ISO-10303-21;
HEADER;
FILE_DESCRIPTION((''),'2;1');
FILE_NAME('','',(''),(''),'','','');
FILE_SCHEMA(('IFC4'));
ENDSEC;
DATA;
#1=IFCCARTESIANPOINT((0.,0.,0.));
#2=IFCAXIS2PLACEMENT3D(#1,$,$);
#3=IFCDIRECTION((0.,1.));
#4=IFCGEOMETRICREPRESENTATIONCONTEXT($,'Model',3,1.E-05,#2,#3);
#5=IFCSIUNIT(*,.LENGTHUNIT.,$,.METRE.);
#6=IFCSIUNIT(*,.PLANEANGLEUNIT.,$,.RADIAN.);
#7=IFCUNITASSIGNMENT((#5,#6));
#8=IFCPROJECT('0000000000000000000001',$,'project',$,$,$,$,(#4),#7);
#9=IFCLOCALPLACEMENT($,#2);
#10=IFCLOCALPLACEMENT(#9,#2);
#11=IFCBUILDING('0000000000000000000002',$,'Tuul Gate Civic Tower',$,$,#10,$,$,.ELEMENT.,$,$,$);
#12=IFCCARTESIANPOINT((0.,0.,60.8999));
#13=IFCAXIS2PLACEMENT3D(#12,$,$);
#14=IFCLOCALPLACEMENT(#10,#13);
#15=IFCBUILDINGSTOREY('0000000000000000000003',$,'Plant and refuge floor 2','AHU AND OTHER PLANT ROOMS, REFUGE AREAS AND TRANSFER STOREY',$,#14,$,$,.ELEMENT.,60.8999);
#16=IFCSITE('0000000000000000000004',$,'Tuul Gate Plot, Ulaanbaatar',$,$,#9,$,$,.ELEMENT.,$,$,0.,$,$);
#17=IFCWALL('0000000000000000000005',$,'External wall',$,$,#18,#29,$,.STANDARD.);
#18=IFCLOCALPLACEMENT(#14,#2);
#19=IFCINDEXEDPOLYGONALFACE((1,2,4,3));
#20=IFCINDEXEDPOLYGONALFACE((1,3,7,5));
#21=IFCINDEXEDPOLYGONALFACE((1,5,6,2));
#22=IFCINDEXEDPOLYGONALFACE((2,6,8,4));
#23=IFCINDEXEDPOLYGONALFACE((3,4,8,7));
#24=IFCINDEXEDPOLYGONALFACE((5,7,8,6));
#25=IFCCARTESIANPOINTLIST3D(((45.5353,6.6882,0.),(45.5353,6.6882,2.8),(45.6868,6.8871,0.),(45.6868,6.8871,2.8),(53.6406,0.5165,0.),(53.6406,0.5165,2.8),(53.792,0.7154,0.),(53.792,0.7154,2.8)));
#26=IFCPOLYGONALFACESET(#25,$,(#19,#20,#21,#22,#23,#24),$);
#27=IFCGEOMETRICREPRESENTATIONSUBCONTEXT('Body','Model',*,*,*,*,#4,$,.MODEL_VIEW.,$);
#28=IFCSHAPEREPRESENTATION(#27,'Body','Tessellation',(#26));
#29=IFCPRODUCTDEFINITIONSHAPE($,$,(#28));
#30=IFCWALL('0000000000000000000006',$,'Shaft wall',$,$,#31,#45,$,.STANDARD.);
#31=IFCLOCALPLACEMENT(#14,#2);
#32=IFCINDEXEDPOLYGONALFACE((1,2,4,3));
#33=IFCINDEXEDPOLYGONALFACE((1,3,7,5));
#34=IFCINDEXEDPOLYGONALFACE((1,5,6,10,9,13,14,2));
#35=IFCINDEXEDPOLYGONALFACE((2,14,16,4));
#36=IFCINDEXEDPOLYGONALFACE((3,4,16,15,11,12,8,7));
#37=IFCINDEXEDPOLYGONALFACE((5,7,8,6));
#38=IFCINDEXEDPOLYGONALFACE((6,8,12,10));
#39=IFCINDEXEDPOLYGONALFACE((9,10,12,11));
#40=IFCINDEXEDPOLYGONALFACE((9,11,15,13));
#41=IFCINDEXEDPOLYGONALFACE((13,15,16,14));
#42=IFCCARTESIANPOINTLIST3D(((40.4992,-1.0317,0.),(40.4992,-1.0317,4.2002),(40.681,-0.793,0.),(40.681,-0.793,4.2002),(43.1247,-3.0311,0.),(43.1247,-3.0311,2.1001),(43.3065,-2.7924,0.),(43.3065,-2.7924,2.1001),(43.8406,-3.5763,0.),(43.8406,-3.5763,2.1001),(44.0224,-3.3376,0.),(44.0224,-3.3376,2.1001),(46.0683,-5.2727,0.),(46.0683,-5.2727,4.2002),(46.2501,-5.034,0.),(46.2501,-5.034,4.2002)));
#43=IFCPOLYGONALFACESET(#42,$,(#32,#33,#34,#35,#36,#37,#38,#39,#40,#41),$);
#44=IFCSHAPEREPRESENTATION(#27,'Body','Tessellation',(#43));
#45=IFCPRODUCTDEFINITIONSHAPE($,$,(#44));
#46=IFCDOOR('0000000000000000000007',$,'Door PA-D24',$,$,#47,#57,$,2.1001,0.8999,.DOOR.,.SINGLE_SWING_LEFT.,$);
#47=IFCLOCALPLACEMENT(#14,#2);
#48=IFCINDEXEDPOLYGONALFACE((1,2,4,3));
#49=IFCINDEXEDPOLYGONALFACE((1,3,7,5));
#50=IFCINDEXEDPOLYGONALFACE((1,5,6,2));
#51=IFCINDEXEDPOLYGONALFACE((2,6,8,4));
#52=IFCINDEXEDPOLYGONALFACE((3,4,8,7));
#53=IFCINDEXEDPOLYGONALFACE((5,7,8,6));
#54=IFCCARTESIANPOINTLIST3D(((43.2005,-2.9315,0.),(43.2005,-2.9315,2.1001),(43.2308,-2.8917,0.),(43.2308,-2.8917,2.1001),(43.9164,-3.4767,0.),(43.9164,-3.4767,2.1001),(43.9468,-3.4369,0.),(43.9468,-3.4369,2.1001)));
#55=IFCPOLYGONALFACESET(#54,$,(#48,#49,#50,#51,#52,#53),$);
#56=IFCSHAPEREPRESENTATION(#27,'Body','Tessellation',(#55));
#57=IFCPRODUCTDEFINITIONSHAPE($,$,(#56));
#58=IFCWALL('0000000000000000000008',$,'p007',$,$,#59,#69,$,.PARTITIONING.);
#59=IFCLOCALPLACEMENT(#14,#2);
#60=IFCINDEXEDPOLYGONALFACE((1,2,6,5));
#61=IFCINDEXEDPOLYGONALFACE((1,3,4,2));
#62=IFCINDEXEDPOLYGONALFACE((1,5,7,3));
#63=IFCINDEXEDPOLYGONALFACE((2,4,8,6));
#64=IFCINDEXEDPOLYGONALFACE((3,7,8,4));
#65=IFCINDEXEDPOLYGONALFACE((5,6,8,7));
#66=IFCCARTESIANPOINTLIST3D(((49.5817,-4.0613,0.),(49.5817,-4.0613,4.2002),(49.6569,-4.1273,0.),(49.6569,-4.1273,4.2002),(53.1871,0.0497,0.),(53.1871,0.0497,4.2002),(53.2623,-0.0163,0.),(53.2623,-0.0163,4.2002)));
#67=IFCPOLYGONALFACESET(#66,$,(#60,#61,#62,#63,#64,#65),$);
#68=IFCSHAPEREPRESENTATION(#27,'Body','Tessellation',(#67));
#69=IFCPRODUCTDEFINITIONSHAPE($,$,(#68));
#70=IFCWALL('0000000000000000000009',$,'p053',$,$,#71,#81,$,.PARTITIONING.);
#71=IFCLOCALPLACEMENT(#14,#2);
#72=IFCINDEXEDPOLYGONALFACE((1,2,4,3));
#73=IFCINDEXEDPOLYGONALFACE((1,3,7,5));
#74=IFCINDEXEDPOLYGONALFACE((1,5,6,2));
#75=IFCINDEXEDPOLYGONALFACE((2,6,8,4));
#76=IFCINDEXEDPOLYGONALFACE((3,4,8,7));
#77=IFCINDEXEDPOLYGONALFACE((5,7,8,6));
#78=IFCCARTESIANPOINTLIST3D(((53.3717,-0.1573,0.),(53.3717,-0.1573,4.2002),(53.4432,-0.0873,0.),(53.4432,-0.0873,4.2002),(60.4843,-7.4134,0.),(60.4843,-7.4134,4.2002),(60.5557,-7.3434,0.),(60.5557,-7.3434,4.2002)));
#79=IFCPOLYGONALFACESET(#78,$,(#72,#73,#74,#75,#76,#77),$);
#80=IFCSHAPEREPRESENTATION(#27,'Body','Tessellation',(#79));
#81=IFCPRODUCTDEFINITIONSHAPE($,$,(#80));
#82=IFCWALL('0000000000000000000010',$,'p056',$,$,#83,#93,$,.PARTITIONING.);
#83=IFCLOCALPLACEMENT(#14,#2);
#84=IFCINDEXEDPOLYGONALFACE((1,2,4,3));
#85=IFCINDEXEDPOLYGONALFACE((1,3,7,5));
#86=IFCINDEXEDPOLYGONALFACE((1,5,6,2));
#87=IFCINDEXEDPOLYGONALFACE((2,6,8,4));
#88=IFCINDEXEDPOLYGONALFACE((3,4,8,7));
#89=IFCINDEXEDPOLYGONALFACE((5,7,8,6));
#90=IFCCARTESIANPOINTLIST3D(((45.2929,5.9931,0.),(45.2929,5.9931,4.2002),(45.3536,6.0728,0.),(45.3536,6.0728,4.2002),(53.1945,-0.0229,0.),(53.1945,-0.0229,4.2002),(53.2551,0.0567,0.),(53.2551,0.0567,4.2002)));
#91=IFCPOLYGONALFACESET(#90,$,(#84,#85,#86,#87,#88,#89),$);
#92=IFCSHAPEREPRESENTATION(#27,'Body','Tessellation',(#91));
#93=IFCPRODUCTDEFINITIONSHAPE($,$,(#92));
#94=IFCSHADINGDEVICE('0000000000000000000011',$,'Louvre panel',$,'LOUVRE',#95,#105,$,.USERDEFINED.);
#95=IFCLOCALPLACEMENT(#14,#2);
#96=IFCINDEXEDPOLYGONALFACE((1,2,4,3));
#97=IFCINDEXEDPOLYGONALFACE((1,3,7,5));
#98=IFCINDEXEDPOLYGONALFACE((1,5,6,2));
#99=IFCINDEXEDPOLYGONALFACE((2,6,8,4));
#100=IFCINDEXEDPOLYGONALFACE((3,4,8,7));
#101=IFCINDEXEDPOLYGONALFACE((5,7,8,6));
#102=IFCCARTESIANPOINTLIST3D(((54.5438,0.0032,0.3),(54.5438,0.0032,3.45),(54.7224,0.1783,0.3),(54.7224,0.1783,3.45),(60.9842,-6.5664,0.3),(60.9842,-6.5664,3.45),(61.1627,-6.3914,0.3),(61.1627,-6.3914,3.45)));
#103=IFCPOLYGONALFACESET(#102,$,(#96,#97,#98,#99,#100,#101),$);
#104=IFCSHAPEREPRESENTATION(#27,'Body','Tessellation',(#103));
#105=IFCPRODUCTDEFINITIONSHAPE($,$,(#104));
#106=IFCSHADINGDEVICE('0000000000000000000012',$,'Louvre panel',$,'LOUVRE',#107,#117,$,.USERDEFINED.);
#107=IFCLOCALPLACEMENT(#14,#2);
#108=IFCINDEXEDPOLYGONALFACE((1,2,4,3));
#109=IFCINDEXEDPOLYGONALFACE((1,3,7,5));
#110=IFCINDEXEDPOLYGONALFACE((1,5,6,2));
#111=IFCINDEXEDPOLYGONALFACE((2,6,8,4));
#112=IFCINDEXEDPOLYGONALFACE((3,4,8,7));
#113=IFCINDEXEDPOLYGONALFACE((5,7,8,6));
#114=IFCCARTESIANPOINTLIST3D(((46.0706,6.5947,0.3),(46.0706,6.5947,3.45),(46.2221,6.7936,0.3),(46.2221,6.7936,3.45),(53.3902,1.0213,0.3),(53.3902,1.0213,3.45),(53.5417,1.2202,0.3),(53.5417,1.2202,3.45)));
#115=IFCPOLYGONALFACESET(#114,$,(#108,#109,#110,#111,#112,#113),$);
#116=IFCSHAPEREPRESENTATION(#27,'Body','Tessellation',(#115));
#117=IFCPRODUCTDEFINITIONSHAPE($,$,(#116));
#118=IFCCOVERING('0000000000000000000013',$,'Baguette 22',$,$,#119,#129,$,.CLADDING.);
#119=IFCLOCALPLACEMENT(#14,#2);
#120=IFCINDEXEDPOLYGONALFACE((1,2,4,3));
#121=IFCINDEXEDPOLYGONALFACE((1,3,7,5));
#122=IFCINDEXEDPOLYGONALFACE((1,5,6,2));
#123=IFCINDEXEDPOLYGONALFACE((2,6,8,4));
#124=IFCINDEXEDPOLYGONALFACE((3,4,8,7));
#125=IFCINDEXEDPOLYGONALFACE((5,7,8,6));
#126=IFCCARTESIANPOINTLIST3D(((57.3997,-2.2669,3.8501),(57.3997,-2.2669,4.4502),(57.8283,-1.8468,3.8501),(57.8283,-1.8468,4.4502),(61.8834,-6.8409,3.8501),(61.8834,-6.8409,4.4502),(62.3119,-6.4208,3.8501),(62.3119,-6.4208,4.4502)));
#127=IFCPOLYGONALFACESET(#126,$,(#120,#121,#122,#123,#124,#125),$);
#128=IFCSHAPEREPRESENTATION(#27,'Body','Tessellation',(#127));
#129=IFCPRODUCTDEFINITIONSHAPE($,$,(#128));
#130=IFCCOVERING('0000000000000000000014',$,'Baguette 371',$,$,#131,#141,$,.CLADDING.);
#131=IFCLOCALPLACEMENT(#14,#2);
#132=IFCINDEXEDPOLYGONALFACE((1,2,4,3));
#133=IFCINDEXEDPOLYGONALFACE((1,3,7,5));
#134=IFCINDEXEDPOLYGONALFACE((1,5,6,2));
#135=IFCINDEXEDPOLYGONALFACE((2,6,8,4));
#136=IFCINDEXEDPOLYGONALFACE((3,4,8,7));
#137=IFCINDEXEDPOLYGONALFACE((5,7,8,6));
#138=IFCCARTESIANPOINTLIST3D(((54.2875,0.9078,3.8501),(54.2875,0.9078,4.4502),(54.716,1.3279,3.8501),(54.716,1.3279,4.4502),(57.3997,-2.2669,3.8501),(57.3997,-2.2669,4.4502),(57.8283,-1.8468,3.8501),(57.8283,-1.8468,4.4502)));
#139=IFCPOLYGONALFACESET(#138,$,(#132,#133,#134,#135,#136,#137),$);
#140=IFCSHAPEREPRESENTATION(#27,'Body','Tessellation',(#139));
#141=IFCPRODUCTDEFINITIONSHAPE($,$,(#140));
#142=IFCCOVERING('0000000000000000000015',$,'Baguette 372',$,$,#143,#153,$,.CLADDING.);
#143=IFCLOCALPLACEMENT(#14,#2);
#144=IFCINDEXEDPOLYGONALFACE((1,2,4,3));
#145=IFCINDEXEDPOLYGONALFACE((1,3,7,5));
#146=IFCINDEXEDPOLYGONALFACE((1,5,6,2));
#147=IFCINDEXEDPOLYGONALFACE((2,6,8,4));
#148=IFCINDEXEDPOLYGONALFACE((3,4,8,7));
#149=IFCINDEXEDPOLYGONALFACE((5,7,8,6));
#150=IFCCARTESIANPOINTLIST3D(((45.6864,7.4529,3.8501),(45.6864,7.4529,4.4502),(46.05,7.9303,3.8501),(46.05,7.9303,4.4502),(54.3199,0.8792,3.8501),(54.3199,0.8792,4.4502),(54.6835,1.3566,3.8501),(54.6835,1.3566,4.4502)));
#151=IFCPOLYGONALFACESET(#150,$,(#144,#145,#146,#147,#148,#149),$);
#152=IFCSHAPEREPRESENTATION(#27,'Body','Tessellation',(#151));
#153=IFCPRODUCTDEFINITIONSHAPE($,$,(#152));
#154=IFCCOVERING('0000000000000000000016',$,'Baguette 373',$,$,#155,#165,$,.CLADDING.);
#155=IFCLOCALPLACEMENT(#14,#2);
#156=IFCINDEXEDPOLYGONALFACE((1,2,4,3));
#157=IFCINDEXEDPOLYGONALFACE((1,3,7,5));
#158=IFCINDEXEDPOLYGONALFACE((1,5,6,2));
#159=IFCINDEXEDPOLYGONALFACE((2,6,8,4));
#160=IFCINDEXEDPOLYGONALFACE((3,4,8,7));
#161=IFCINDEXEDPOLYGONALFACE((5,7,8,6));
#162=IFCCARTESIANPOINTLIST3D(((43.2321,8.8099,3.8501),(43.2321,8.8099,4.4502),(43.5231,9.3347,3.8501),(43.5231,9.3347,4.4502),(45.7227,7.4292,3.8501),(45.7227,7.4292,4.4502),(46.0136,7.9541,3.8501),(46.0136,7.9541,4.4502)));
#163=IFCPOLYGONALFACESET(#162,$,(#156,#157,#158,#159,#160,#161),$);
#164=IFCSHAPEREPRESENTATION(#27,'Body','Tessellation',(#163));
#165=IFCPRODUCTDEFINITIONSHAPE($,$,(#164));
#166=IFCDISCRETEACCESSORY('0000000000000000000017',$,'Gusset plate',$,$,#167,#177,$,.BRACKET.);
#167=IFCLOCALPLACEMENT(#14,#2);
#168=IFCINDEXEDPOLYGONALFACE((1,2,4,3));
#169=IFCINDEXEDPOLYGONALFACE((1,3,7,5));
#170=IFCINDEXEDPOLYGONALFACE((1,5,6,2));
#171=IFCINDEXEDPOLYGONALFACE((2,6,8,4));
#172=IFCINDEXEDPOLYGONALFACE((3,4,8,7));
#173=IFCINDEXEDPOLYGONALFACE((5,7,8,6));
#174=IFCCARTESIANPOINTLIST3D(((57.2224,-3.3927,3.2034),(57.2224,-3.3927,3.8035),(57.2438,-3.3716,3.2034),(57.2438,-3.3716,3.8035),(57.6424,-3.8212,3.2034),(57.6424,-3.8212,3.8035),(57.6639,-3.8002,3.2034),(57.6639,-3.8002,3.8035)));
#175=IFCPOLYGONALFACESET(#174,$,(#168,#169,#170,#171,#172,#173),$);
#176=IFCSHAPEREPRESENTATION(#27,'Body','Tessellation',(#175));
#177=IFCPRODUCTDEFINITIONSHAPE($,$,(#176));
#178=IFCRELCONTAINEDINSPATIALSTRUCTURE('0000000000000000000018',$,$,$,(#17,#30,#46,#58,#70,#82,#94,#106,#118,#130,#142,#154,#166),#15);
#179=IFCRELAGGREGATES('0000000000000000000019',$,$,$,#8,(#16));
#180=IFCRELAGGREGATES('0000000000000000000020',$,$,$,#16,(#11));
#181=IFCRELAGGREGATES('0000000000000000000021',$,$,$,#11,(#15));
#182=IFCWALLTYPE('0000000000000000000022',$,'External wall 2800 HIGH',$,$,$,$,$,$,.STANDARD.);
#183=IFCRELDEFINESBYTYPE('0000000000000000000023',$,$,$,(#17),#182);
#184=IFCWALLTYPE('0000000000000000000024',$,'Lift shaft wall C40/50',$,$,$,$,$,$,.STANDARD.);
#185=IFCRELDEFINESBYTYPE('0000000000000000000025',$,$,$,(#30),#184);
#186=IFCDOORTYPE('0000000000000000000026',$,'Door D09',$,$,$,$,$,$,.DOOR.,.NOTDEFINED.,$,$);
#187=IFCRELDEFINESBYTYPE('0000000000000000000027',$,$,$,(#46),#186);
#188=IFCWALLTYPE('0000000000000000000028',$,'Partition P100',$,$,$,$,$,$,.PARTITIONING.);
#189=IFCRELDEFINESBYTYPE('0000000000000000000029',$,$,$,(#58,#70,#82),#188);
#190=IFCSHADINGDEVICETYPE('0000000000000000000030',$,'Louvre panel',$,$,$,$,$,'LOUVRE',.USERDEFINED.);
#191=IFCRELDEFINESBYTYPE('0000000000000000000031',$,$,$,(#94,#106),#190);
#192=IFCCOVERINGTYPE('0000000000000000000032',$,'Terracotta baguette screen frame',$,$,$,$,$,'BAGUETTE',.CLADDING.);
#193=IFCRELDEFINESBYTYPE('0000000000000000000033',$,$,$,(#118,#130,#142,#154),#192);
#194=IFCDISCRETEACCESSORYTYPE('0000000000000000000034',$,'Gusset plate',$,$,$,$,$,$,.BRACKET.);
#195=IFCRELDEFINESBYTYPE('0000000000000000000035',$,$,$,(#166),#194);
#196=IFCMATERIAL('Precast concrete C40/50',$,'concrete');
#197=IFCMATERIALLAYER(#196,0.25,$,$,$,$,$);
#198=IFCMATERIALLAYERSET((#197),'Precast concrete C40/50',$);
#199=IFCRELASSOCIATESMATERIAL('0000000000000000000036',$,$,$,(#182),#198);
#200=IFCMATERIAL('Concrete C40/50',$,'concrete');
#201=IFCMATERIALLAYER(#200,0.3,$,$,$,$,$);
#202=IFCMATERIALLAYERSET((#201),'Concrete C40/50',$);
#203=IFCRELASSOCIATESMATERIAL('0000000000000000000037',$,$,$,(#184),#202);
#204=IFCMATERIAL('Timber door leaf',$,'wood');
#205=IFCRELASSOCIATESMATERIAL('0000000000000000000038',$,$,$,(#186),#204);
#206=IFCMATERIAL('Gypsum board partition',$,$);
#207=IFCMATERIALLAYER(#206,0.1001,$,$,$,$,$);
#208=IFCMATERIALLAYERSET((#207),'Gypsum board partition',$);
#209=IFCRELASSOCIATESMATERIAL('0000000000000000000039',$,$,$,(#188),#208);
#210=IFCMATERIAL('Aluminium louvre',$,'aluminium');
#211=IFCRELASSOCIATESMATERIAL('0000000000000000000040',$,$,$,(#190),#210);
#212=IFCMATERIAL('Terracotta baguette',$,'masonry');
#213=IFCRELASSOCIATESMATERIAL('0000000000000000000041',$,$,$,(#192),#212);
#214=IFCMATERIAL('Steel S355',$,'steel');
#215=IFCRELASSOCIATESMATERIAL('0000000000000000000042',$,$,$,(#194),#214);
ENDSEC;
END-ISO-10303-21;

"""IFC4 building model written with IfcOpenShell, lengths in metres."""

from ifc_helpers import new_model, si_unit, direction, frame, frame_2d, origin, origin_2d, place, context, subcontext, project, spatial, rectangle, extrude, material, layer, layer_set, material_profile, profile_set, type_object, element, fill, save


model = new_model("IFC4")

# Units and contexts
model_context = context("Model", 3, precision=1e-05, world=origin(), true_north=direction((0.0, 1.0)))
body_context = subcontext(model_context, "Body", "Model", "MODEL_VIEW")
ifc_project = project(units=[si_unit("LENGTHUNIT", "METRE"), si_unit("PLANEANGLEUNIT", "RADIAN")], contexts=[model_context])

# Site, building, storey
site_placement = place(None, origin())
site = spatial("IfcSite", under=ifc_project, at=site_placement, Name="Tuul Gate Plot, Ulaanbaatar", CompositionType="ELEMENT", RefElevation=0.0)
building_placement = place(site_placement, origin())
building = spatial("IfcBuilding", under=site, at=building_placement, Name="Tuul Gate Civic Tower", CompositionType="ELEMENT")
storey_placement = place(building_placement, frame((0.0, 0.0, 60.8999)))
storey = spatial("IfcBuildingStorey", under=building, at=storey_placement, Name="Plant and refuge floor 2", Description="AHU AND OTHER PLANT ROOMS, REFUGE AREAS AND TRANSFER STOREY", CompositionType="ELEMENT", Elevation=60.8999)

# Wall
ifc_material_1 = material(Name="Precast concrete C40/50", Category="concrete")
ifc_layer_1 = layer(ifc_material_1, 0.25)
ifc_layer_set_1 = layer_set([ifc_layer_1], Name="Precast concrete C40/50")
wall_type_1 = type_object("IfcWallType", Name="External wall 2800 HIGH", PredefinedType="STANDARD", material=ifc_layer_set_1)
wall_1_placement = place(storey_placement, frame((53.7163, 0.616, 0.0), z_axis=(0.0, 0.0, 1.0), x_axis=(-0.79561, 0.605809, 0.0)))
element("IfcWall", 1, at=wall_1_placement, inside=storey, type_object=wall_type_1, Name="External wall", PredefinedType="STANDARD", context=body_context, shape_type="SweptSolid", body=[
    extrude(rectangle(XDim=10.1875, YDim=0.25, at=frame_2d((5.0938, 0.0))), origin(), (0.0, 0.0, 1.0), 2.8),
])

# Wall, opening, door
ifc_material_2 = material(Name="Concrete C40/50", Category="concrete")
ifc_layer_2 = layer(ifc_material_2, 0.3)
ifc_layer_set_2 = layer_set([ifc_layer_2], Name="Concrete C40/50")
wall_type_2 = type_object("IfcWallType", Name="Lift shaft wall C40/50", PredefinedType="STANDARD", material=ifc_layer_set_2)
wall_2_placement = place(storey_placement, frame((46.1592, -5.1533, 0.0), z_axis=(0.0, 0.0, 1.0), x_axis=(-0.79558, 0.605849, 0.0)))
wall_2 = element("IfcWall", 2, at=wall_2_placement, inside=storey, type_object=wall_type_2, Name="Shaft wall", PredefinedType="STANDARD", context=body_context, shape_type="SweptSolid", body=[
    extrude(rectangle(XDim=7.0, YDim=0.3, at=frame_2d((3.5, 0.0))), origin(), (0.0, 0.0, 1.0), 4.2002),
])
opening_placement = place(wall_2_placement, frame((2.8, 0.0, 0.0)))
opening = element("IfcOpeningElement", 3, at=opening_placement, cuts=wall_2, PredefinedType="OPENING", context=body_context, shape_type="SweptSolid", body=[
    extrude(rectangle(XDim=0.8999, YDim=2.1001, at=frame_2d((0.45, 1.05))), frame((0.0, 0.1602, 0.0), z_axis=(0.0, -1.0, 0.0), x_axis=(1.0, 0.0, 0.0)), (0.0, 0.0, 1.0), 0.3201),
])
ifc_material_3 = material(Name="Timber door leaf", Category="wood")
door_type = type_object("IfcDoorType", Name="Door D09", OperationType="NOTDEFINED", PredefinedType="DOOR", material=ifc_material_3)
door_placement = place(opening_placement, origin())
door = element("IfcDoor", 4, at=door_placement, inside=storey, type_object=door_type, Name="Door PA-D24", OperationType="SINGLE_SWING_LEFT", OverallHeight=2.1001, OverallWidth=0.8999, PredefinedType="DOOR", context=body_context, shape_type="SweptSolid", body=[
    extrude(rectangle(XDim=0.8999, YDim=2.1001, at=frame_2d((0.45, 1.05))), frame((0.0, 0.0249, 0.0), z_axis=(0.0, -1.0, 0.0), x_axis=(1.0, 0.0, 0.0)), (0.0, 0.0, 1.0), 0.05),
])
fill(opening, door)

# Walls
ifc_material_4 = material(Name="Gypsum board partition")
ifc_layer_3 = layer(ifc_material_4, 0.1001)
ifc_layer_set_3 = layer_set([ifc_layer_3], Name="Gypsum board partition")
wall_type_3 = type_object("IfcWallType", Name="Partition P100", PredefinedType="PARTITIONING", material=ifc_layer_set_3)
wall_3_placement = place(storey_placement, frame((49.6194, -4.0942, 0.0), z_axis=(0.0, 0.0, 1.0), x_axis=(0.659361, 0.751827, 0.0)))
element("IfcWall", 5, at=wall_3_placement, inside=storey, type_object=wall_type_3, Name="p007", PredefinedType="PARTITIONING", context=body_context, shape_type="SweptSolid", body=[
    extrude(rectangle(XDim=5.468, YDim=0.1001, at=frame_2d((2.7339, 0.0))), origin(), (0.0, 0.0, 1.0), 4.2002),
])
wall_4_placement = place(storey_placement, frame((53.4075, -0.1223, 0.0), z_axis=(0.0, 0.0, 1.0), x_axis=(0.700007, -0.714136, 0.0)))
element("IfcWall", 6, at=wall_4_placement, inside=storey, type_object=wall_type_3, Name="p053", PredefinedType="PARTITIONING", context=body_context, shape_type="SweptSolid", body=[
    extrude(rectangle(XDim=10.1606, YDim=0.1001, at=frame_2d((5.0803, 0.0))), origin(), (0.0, 0.0, 1.0), 4.2002),
])
wall_5_placement = place(storey_placement, frame((45.3232, 6.033, 0.0), z_axis=(0.0, 0.0, 1.0), x_axis=(0.795634, -0.605778, 0.0)))
element("IfcWall", 7, at=wall_5_placement, inside=storey, type_object=wall_type_3, Name="p056", PredefinedType="PARTITIONING", context=body_context, shape_type="SweptSolid", body=[
    extrude(rectangle(XDim=9.9312, YDim=0.1001, at=frame_2d((4.9656, 0.0))), origin(), (0.0, 0.0, 1.0), 4.2002),
])

# Shading devices
ifc_material_5 = material(Name="Aluminium louvre", Category="aluminium")
shading_device_type = type_object("IfcShadingDeviceType", Name="Louvre panel", ElementType="LOUVRE", PredefinedType="USERDEFINED", material=ifc_material_5)
for number, where, z_axis, x_axis, name in (
    (8, (57.8533, -3.1941, 0.3), (0.0, 0.0, 1.0), (0.7141, 0.700043, 0.0), "Louvre panel"),
    (9, (49.8062, 3.9075, 0.3), (0.0, 0.0, 1.0), (0.605808, 0.795611, 0.0), "Louvre panel"),
):
    element("IfcShadingDevice", number, at=place(storey_placement, frame(where, z_axis=z_axis, x_axis=x_axis)), inside=storey, type_object=shading_device_type, Name=name, ObjectType="LOUVRE", PredefinedType="USERDEFINED", context=body_context, shape_type="SweptSolid", body=[
        extrude(rectangle(XDim=0.25, YDim=9.2, at=origin_2d()), origin(), (0.0, 0.0, 1.0), 3.1499),
    ])

# Coverings
ifc_material_6 = material(Name="Terracotta baguette", Category="masonry")
ifc_material_profile_1 = material_profile(ifc_material_6, rectangle(XDim=0.6001, YDim=0.6001, at=origin_2d()), Name="Terracotta baguette screen frame")
ifc_profile_set_1 = profile_set([ifc_material_profile_1], Name="Terracotta baguette")
covering_type = type_object("IfcCoveringType", Name="Terracotta baguette screen frame", ElementType="BAGUETTE", PredefinedType="CLADDING", material=ifc_profile_set_1)
covering_1_placement = place(storey_placement, frame((62.0977, -6.6309, 4.1501), z_axis=(-0.70002, 0.714123, 0.0), x_axis=(-0.714123, -0.70002, 0.0)))
element("IfcCovering", 10, at=covering_1_placement, inside=storey, type_object=covering_type, Name="Baguette 22", PredefinedType="CLADDING", context=body_context, shape_type="SweptSolid", body=[
    extrude(rectangle(XDim=0.6001, YDim=0.6001, at=origin_2d()), origin(), (0.0, 0.0, 1.0), 6.405),
])
covering_2_placement = place(storey_placement, frame((57.614, -2.0569, 4.1501), z_axis=(-0.700043, 0.714101, 0.0), x_axis=(-0.714101, -0.700043, 0.0)))
element("IfcCovering", 11, at=covering_2_placement, inside=storey, type_object=covering_type, Name="Baguette 371", PredefinedType="CLADDING", context=body_context, shape_type="SweptSolid", body=[
    extrude(rectangle(XDim=0.6001, YDim=0.6001, at=origin_2d()), origin(), (0.0, 0.0, 1.0), 4.4458),
])
covering_3_placement = place(storey_placement, frame((54.5017, 1.1179, 4.1501), z_axis=(-0.795619, 0.605798, 0.0), x_axis=(-0.605798, -0.795619, 0.0)))
element("IfcCovering", 12, at=covering_3_placement, inside=storey, type_object=covering_type, Name="Baguette 372", PredefinedType="CLADDING", context=body_context, shape_type="SweptSolid", body=[
    extrude(rectangle(XDim=0.6001, YDim=0.6001, at=origin_2d()), origin(), (0.0, 0.0, 1.0), 10.8513),
])
covering_4_placement = place(storey_placement, frame((45.8682, 7.6917, 4.1501), z_axis=(-0.874602, 0.484842, 0.0), x_axis=(-0.484842, -0.874602, 0.0)))
element("IfcCovering", 13, at=covering_4_placement, inside=storey, type_object=covering_type, Name="Baguette 373", PredefinedType="CLADDING", context=body_context, shape_type="SweptSolid", body=[
    extrude(rectangle(XDim=0.6001, YDim=0.6001, at=origin_2d()), origin(), (0.0, 0.0, 1.0), 2.8477),
])

# Discrete accessory
ifc_material_7 = material(Name="Steel S355", Category="steel")
discrete_accessory_type = type_object("IfcDiscreteAccessoryType", Name="Gusset plate", PredefinedType="BRACKET", material=ifc_material_7)
for number, where, z_axis, x_axis, name in (
    (14, (57.4431, -3.5964, 3.2034), (0.0, 0.0, 1.0), (0.7, -0.714143, 0.0), "Gusset plate"),
):
    element("IfcDiscreteAccessory", number, at=place(storey_placement, frame(where, z_axis=z_axis, x_axis=x_axis)), inside=storey, type_object=discrete_accessory_type, Name=name, PredefinedType="BRACKET", context=body_context, shape_type="SweptSolid", body=[
        extrude(rectangle(XDim=0.6001, YDim=0.03, at=origin_2d()), origin(), (0.0, 0.0, 1.0), 0.6001),
    ])

save(model, "model.ifc")
